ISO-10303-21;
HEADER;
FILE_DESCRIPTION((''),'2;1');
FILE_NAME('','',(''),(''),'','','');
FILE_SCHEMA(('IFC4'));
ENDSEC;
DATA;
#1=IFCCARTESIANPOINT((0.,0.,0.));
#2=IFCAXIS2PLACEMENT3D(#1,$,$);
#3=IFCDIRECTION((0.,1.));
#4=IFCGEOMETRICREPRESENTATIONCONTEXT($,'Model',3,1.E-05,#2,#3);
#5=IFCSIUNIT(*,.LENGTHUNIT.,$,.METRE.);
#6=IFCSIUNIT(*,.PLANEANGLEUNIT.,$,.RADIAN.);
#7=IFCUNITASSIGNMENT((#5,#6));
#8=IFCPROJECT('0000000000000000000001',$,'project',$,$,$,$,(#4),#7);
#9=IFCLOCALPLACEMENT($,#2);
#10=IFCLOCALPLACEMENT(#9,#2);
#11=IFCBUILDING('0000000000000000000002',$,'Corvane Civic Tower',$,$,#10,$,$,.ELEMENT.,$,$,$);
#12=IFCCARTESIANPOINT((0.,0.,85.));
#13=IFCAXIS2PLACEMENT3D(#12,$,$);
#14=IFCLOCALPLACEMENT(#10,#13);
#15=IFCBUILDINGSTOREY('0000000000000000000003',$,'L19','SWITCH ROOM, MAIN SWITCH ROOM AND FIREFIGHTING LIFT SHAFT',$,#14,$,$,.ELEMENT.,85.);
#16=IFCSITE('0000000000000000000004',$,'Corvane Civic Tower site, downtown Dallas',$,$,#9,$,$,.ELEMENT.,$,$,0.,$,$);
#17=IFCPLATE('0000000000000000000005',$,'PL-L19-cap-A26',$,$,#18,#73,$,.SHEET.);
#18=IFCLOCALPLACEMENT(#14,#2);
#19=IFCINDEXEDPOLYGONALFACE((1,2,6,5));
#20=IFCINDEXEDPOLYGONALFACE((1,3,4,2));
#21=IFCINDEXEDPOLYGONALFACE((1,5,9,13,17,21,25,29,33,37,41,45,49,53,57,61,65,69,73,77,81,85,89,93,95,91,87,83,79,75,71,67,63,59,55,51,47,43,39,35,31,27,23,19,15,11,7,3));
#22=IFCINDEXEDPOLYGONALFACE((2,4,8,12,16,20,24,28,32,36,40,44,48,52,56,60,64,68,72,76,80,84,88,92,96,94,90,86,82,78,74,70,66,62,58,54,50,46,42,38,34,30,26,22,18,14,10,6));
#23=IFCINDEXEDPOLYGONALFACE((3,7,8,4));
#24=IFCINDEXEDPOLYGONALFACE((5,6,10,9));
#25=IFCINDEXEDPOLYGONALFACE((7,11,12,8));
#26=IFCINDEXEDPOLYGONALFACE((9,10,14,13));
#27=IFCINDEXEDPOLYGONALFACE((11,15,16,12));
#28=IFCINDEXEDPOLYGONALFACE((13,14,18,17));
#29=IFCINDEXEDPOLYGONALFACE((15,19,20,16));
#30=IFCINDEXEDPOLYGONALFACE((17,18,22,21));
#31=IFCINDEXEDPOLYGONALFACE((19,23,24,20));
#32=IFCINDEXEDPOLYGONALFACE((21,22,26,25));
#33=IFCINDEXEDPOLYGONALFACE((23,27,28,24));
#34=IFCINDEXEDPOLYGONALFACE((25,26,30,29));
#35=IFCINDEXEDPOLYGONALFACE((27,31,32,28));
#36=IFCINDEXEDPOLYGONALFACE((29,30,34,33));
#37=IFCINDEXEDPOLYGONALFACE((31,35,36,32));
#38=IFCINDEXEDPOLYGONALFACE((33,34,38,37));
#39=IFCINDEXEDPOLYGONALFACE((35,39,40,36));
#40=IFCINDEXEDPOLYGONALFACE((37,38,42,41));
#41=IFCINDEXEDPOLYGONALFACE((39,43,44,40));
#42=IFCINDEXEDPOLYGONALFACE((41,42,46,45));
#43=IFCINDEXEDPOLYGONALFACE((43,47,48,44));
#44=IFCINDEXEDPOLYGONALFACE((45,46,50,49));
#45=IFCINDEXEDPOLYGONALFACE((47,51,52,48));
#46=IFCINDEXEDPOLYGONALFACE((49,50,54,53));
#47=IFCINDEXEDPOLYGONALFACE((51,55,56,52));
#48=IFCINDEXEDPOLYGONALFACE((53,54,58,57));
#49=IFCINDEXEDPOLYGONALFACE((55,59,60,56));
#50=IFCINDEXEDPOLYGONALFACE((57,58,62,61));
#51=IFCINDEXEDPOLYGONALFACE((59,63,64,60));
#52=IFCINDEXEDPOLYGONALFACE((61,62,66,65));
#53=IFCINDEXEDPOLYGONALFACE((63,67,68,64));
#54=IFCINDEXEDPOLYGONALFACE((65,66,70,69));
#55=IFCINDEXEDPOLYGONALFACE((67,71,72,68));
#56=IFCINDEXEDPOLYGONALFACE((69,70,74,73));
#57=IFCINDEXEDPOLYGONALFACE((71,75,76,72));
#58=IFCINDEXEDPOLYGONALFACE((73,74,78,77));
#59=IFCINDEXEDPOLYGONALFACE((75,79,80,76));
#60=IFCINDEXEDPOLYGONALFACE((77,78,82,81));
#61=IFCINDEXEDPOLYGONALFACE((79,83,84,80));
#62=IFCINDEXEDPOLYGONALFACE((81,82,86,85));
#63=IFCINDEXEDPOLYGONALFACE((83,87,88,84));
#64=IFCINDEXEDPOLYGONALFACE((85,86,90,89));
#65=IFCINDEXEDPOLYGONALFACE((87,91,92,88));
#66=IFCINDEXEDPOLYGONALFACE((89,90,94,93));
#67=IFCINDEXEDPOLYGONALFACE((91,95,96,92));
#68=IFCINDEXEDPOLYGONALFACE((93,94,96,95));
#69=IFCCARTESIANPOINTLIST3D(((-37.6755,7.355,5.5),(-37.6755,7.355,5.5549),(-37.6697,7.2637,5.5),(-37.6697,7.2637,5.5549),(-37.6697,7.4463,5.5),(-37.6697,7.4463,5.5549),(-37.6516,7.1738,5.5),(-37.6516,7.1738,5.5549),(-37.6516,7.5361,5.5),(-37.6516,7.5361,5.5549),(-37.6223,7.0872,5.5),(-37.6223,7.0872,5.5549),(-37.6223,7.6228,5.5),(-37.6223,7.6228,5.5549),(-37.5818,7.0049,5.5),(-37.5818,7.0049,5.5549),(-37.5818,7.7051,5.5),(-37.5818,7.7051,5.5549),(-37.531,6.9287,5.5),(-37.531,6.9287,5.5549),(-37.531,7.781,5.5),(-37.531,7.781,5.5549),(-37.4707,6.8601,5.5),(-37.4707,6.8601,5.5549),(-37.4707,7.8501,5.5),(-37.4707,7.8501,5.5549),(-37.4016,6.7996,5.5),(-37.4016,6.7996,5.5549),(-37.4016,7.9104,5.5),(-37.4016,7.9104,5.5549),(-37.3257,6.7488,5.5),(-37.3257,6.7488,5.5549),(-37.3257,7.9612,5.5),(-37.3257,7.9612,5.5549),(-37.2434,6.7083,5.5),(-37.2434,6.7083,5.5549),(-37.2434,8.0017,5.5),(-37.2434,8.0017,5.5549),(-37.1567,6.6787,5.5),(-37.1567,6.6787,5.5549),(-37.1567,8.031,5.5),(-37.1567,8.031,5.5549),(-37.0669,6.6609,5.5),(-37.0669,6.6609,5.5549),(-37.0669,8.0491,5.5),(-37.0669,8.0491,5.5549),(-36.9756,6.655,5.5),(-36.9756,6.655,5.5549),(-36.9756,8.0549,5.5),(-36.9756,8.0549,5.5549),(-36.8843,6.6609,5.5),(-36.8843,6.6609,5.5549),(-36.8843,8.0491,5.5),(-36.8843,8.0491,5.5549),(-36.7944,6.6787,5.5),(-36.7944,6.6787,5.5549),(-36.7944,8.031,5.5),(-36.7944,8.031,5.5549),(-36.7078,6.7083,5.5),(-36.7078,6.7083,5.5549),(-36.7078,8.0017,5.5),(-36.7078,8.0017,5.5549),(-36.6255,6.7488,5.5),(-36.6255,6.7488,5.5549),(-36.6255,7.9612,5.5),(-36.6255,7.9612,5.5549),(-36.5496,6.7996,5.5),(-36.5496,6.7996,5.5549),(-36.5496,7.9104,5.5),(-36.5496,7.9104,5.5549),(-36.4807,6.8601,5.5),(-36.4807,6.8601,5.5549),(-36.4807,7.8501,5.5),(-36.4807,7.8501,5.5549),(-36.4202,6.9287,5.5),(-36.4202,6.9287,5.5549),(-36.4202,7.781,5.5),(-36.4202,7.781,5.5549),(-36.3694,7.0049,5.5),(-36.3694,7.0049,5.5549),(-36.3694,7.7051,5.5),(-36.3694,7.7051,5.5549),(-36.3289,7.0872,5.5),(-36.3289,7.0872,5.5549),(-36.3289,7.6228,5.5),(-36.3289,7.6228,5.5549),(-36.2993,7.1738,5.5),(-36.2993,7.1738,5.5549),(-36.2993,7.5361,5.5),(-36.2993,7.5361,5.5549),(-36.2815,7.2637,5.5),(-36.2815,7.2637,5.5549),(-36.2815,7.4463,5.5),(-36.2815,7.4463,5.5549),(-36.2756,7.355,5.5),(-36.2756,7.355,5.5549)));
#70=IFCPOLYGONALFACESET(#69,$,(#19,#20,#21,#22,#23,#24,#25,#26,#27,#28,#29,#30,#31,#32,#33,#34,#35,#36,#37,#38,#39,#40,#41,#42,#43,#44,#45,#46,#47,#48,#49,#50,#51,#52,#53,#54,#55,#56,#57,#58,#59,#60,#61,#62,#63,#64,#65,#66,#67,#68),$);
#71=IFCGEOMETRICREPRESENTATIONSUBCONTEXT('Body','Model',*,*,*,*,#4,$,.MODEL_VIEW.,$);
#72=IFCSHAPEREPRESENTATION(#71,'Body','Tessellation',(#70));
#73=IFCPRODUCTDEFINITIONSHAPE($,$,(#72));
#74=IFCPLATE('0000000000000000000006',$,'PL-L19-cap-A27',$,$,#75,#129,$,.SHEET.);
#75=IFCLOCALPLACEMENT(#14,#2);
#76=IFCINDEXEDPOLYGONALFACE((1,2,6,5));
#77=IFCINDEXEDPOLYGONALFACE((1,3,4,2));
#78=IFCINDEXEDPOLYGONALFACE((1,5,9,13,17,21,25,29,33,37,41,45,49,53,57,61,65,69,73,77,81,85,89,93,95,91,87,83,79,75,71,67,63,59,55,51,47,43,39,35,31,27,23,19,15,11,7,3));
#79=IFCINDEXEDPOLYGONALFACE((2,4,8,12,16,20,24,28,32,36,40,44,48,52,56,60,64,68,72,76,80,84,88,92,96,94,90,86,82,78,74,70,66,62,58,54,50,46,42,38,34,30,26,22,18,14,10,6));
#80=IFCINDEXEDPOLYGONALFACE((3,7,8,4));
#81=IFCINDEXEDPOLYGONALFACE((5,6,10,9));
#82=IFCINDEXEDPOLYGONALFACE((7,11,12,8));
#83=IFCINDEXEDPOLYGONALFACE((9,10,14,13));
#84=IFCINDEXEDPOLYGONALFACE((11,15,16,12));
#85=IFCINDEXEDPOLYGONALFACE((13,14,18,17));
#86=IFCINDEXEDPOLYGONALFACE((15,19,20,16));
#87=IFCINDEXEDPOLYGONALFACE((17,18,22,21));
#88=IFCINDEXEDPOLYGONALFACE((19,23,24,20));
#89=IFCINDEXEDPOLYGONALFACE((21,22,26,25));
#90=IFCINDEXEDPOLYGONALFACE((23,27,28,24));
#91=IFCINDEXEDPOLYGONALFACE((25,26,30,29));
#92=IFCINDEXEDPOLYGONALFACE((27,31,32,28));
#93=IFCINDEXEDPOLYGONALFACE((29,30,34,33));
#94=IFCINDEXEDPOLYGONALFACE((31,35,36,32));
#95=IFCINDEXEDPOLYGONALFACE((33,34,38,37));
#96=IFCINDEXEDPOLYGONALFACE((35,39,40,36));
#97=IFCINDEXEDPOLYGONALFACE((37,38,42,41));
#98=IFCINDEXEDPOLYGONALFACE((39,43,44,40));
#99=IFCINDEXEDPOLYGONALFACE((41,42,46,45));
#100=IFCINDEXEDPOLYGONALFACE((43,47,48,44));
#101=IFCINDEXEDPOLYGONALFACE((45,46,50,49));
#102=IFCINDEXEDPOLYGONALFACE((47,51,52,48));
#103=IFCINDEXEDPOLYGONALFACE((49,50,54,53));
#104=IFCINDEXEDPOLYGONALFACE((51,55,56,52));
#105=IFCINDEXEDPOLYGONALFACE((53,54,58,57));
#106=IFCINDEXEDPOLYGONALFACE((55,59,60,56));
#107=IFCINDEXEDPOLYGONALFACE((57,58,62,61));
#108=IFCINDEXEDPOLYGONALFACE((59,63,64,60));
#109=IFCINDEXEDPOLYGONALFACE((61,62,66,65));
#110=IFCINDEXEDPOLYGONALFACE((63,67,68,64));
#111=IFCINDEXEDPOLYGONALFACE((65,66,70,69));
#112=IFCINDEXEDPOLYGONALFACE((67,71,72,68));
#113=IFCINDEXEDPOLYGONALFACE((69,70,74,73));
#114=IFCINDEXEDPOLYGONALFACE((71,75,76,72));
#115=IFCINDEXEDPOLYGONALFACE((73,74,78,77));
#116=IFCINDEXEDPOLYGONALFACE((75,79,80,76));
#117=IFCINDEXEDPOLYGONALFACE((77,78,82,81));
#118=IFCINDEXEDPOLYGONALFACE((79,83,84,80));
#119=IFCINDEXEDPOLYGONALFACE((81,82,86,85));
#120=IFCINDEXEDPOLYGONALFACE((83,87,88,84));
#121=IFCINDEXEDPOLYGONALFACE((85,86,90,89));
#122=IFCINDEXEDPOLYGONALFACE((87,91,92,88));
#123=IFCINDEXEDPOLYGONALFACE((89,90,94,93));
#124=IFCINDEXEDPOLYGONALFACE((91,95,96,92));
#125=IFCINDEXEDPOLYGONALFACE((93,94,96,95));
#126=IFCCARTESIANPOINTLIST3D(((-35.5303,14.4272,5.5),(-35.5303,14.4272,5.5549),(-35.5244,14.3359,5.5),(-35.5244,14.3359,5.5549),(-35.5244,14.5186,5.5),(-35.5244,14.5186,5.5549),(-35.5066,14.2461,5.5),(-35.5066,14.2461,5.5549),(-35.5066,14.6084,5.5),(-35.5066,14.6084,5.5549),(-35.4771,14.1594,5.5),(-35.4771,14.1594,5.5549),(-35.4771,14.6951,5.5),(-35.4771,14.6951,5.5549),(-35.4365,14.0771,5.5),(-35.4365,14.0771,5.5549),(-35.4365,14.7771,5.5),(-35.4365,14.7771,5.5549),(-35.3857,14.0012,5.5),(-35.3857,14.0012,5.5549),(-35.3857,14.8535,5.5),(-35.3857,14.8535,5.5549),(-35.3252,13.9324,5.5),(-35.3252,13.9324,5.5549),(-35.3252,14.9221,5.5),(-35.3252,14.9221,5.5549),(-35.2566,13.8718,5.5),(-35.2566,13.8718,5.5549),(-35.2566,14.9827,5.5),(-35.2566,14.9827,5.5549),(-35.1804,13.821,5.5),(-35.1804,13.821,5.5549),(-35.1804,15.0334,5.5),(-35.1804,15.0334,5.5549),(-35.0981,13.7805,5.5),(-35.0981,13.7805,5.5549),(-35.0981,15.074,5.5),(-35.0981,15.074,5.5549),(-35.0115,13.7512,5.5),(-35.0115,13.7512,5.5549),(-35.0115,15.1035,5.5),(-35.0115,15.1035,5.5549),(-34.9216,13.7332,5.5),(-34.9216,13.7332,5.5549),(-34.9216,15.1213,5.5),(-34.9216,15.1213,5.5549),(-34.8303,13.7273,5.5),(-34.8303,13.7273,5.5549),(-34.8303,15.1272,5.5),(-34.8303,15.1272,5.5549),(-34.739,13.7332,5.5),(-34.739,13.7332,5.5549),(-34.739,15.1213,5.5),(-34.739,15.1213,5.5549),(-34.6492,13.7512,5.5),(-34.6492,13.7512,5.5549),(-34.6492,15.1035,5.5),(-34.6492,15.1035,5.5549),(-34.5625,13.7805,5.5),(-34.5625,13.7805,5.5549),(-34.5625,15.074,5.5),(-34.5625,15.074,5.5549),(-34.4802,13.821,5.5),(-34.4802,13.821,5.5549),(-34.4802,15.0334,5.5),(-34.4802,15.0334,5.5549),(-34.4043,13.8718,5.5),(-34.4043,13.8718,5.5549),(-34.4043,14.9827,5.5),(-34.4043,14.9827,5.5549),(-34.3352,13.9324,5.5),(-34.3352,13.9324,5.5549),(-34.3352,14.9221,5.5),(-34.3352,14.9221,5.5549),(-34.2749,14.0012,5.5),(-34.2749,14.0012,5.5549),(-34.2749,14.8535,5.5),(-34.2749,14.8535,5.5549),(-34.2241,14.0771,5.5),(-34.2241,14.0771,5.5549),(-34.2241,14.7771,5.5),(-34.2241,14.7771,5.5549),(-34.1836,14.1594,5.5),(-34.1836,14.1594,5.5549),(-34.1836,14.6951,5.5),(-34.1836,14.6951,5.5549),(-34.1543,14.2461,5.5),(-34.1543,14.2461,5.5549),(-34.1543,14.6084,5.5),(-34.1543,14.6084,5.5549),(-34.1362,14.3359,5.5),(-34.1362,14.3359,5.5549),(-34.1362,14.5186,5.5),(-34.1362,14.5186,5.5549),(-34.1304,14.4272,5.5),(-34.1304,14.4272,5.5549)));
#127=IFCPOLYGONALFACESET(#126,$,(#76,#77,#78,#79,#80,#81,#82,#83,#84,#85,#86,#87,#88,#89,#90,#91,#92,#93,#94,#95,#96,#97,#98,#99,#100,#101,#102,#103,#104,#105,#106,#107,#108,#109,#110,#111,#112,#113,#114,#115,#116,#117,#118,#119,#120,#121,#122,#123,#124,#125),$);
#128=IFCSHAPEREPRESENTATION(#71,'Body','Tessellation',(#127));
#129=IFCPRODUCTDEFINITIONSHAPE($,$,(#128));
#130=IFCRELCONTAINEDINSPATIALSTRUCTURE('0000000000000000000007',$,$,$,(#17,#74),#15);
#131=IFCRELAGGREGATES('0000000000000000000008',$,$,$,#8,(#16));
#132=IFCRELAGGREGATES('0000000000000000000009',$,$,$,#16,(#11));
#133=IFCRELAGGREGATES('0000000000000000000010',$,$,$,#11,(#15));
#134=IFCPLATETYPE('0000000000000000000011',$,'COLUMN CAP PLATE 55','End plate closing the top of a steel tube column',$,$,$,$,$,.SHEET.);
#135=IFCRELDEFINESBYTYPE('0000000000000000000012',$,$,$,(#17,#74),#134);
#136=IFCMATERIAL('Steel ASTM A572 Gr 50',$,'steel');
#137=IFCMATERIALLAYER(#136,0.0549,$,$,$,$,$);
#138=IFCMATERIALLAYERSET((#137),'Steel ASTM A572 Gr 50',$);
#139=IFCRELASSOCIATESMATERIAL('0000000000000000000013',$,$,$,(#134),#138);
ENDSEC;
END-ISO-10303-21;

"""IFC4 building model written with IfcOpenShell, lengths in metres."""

from ifc_helpers import new_model, si_unit, direction, frame, origin, place, context, subcontext, project, spatial, polyline, outline, extrude, material, layer, layer_set, type_object, element, save


model = new_model("IFC4")

# Units and contexts
model_context = context("Model", 3, precision=1e-05, world=origin(), true_north=direction((0.0, 1.0)))
body_context = subcontext(model_context, "Body", "Model", "MODEL_VIEW")
ifc_project = project(units=[si_unit("LENGTHUNIT", "METRE"), si_unit("PLANEANGLEUNIT", "RADIAN")], contexts=[model_context])

# Site, building, storey
site_placement = place(None, origin())
site = spatial("IfcSite", under=ifc_project, at=site_placement, Name="Corvane Civic Tower site, downtown Dallas", CompositionType="ELEMENT", RefElevation=0.0)
building_placement = place(site_placement, origin())
building = spatial("IfcBuilding", under=site, at=building_placement, Name="Corvane Civic Tower", CompositionType="ELEMENT")
storey_placement = place(building_placement, frame((0.0, 0.0, 85.0)))
storey = spatial("IfcBuildingStorey", under=building, at=storey_placement, Name="L19", Description="SWITCH ROOM, MAIN SWITCH ROOM AND FIREFIGHTING LIFT SHAFT", CompositionType="ELEMENT", Elevation=85.0)

# Plates
ifc_material_1 = material(Name="Steel ASTM A572 Gr 50", Category="steel")
ifc_layer_1 = layer(ifc_material_1, 0.0549)
ifc_layer_set_1 = layer_set([ifc_layer_1], Name="Steel ASTM A572 Gr 50")
plate_type = type_object("IfcPlateType", Name="COLUMN CAP PLATE 55", Description="End plate closing the top of a steel tube column", PredefinedType="SHEET", material=ifc_layer_set_1)
plate_1_placement = place(storey_placement, frame((0.0, 0.0, 5.5)))
element("IfcPlate", 1, at=plate_1_placement, inside=storey, type_object=plate_type, Name="PL-L19-cap-A26", PredefinedType="SHEET", context=body_context, shape_type="SweptSolid", body=[
    extrude(outline(polyline([(-36.2756, 7.355), (-36.2815, 7.4463), (-36.2993, 7.5361), (-36.3289, 7.6228), (-36.3694, 7.7051), (-36.4202, 7.781), (-36.4807, 7.8501), (-36.5496, 7.9104), (-36.6255, 7.9612), (-36.7078, 8.0017), (-36.7944, 8.031), (-36.8843, 8.0491), (-36.9756, 8.0549), (-37.0669, 8.0491), (-37.1567, 8.031), (-37.2434, 8.0017), (-37.3257, 7.9612), (-37.4016, 7.9104), (-37.4707, 7.8501), (-37.531, 7.781), (-37.5818, 7.7051), (-37.6223, 7.6228), (-37.6516, 7.5361), (-37.6697, 7.4463), (-37.6755, 7.355), (-37.6697, 7.2637), (-37.6516, 7.1738), (-37.6223, 7.0872), (-37.5818, 7.0049), (-37.531, 6.9287), (-37.4707, 6.8601), (-37.4016, 6.7996), (-37.3257, 6.7488), (-37.2434, 6.7083), (-37.1567, 6.6787), (-37.0669, 6.6609), (-36.9756, 6.655), (-36.8843, 6.6609), (-36.7944, 6.6787), (-36.7078, 6.7083), (-36.6255, 6.7488), (-36.5496, 6.7996), (-36.4807, 6.8601), (-36.4202, 6.9287), (-36.3694, 7.0049), (-36.3289, 7.0872), (-36.2993, 7.1738), (-36.2815, 7.2637), (-36.2756, 7.355)])), origin(), (0.0, 0.0, 1.0), 0.0549),
])
plate_2_placement = place(storey_placement, frame((0.0, 0.0, 5.5)))
element("IfcPlate", 2, at=plate_2_placement, inside=storey, type_object=plate_type, Name="PL-L19-cap-A27", PredefinedType="SHEET", context=body_context, shape_type="SweptSolid", body=[
    extrude(outline(polyline([(-34.1304, 14.4272), (-34.1362, 14.5186), (-34.1543, 14.6084), (-34.1836, 14.6951), (-34.2241, 14.7771), (-34.2749, 14.8535), (-34.3352, 14.9221), (-34.4043, 14.9827), (-34.4802, 15.0334), (-34.5625, 15.074), (-34.6492, 15.1035), (-34.739, 15.1213), (-34.8303, 15.1272), (-34.9216, 15.1213), (-35.0115, 15.1035), (-35.0981, 15.074), (-35.1804, 15.0334), (-35.2566, 14.9827), (-35.3252, 14.9221), (-35.3857, 14.8535), (-35.4365, 14.7771), (-35.4771, 14.6951), (-35.5066, 14.6084), (-35.5244, 14.5186), (-35.5303, 14.4272), (-35.5244, 14.3359), (-35.5066, 14.2461), (-35.4771, 14.1594), (-35.4365, 14.0771), (-35.3857, 14.0012), (-35.3252, 13.9324), (-35.2566, 13.8718), (-35.1804, 13.821), (-35.0981, 13.7805), (-35.0115, 13.7512), (-34.9216, 13.7332), (-34.8303, 13.7273), (-34.739, 13.7332), (-34.6492, 13.7512), (-34.5625, 13.7805), (-34.4802, 13.821), (-34.4043, 13.8718), (-34.3352, 13.9324), (-34.2749, 14.0012), (-34.2241, 14.0771), (-34.1836, 14.1594), (-34.1543, 14.2461), (-34.1362, 14.3359), (-34.1304, 14.4272)])), origin(), (0.0, 0.0, 1.0), 0.0549),
])

save(model, "model.ifc")
